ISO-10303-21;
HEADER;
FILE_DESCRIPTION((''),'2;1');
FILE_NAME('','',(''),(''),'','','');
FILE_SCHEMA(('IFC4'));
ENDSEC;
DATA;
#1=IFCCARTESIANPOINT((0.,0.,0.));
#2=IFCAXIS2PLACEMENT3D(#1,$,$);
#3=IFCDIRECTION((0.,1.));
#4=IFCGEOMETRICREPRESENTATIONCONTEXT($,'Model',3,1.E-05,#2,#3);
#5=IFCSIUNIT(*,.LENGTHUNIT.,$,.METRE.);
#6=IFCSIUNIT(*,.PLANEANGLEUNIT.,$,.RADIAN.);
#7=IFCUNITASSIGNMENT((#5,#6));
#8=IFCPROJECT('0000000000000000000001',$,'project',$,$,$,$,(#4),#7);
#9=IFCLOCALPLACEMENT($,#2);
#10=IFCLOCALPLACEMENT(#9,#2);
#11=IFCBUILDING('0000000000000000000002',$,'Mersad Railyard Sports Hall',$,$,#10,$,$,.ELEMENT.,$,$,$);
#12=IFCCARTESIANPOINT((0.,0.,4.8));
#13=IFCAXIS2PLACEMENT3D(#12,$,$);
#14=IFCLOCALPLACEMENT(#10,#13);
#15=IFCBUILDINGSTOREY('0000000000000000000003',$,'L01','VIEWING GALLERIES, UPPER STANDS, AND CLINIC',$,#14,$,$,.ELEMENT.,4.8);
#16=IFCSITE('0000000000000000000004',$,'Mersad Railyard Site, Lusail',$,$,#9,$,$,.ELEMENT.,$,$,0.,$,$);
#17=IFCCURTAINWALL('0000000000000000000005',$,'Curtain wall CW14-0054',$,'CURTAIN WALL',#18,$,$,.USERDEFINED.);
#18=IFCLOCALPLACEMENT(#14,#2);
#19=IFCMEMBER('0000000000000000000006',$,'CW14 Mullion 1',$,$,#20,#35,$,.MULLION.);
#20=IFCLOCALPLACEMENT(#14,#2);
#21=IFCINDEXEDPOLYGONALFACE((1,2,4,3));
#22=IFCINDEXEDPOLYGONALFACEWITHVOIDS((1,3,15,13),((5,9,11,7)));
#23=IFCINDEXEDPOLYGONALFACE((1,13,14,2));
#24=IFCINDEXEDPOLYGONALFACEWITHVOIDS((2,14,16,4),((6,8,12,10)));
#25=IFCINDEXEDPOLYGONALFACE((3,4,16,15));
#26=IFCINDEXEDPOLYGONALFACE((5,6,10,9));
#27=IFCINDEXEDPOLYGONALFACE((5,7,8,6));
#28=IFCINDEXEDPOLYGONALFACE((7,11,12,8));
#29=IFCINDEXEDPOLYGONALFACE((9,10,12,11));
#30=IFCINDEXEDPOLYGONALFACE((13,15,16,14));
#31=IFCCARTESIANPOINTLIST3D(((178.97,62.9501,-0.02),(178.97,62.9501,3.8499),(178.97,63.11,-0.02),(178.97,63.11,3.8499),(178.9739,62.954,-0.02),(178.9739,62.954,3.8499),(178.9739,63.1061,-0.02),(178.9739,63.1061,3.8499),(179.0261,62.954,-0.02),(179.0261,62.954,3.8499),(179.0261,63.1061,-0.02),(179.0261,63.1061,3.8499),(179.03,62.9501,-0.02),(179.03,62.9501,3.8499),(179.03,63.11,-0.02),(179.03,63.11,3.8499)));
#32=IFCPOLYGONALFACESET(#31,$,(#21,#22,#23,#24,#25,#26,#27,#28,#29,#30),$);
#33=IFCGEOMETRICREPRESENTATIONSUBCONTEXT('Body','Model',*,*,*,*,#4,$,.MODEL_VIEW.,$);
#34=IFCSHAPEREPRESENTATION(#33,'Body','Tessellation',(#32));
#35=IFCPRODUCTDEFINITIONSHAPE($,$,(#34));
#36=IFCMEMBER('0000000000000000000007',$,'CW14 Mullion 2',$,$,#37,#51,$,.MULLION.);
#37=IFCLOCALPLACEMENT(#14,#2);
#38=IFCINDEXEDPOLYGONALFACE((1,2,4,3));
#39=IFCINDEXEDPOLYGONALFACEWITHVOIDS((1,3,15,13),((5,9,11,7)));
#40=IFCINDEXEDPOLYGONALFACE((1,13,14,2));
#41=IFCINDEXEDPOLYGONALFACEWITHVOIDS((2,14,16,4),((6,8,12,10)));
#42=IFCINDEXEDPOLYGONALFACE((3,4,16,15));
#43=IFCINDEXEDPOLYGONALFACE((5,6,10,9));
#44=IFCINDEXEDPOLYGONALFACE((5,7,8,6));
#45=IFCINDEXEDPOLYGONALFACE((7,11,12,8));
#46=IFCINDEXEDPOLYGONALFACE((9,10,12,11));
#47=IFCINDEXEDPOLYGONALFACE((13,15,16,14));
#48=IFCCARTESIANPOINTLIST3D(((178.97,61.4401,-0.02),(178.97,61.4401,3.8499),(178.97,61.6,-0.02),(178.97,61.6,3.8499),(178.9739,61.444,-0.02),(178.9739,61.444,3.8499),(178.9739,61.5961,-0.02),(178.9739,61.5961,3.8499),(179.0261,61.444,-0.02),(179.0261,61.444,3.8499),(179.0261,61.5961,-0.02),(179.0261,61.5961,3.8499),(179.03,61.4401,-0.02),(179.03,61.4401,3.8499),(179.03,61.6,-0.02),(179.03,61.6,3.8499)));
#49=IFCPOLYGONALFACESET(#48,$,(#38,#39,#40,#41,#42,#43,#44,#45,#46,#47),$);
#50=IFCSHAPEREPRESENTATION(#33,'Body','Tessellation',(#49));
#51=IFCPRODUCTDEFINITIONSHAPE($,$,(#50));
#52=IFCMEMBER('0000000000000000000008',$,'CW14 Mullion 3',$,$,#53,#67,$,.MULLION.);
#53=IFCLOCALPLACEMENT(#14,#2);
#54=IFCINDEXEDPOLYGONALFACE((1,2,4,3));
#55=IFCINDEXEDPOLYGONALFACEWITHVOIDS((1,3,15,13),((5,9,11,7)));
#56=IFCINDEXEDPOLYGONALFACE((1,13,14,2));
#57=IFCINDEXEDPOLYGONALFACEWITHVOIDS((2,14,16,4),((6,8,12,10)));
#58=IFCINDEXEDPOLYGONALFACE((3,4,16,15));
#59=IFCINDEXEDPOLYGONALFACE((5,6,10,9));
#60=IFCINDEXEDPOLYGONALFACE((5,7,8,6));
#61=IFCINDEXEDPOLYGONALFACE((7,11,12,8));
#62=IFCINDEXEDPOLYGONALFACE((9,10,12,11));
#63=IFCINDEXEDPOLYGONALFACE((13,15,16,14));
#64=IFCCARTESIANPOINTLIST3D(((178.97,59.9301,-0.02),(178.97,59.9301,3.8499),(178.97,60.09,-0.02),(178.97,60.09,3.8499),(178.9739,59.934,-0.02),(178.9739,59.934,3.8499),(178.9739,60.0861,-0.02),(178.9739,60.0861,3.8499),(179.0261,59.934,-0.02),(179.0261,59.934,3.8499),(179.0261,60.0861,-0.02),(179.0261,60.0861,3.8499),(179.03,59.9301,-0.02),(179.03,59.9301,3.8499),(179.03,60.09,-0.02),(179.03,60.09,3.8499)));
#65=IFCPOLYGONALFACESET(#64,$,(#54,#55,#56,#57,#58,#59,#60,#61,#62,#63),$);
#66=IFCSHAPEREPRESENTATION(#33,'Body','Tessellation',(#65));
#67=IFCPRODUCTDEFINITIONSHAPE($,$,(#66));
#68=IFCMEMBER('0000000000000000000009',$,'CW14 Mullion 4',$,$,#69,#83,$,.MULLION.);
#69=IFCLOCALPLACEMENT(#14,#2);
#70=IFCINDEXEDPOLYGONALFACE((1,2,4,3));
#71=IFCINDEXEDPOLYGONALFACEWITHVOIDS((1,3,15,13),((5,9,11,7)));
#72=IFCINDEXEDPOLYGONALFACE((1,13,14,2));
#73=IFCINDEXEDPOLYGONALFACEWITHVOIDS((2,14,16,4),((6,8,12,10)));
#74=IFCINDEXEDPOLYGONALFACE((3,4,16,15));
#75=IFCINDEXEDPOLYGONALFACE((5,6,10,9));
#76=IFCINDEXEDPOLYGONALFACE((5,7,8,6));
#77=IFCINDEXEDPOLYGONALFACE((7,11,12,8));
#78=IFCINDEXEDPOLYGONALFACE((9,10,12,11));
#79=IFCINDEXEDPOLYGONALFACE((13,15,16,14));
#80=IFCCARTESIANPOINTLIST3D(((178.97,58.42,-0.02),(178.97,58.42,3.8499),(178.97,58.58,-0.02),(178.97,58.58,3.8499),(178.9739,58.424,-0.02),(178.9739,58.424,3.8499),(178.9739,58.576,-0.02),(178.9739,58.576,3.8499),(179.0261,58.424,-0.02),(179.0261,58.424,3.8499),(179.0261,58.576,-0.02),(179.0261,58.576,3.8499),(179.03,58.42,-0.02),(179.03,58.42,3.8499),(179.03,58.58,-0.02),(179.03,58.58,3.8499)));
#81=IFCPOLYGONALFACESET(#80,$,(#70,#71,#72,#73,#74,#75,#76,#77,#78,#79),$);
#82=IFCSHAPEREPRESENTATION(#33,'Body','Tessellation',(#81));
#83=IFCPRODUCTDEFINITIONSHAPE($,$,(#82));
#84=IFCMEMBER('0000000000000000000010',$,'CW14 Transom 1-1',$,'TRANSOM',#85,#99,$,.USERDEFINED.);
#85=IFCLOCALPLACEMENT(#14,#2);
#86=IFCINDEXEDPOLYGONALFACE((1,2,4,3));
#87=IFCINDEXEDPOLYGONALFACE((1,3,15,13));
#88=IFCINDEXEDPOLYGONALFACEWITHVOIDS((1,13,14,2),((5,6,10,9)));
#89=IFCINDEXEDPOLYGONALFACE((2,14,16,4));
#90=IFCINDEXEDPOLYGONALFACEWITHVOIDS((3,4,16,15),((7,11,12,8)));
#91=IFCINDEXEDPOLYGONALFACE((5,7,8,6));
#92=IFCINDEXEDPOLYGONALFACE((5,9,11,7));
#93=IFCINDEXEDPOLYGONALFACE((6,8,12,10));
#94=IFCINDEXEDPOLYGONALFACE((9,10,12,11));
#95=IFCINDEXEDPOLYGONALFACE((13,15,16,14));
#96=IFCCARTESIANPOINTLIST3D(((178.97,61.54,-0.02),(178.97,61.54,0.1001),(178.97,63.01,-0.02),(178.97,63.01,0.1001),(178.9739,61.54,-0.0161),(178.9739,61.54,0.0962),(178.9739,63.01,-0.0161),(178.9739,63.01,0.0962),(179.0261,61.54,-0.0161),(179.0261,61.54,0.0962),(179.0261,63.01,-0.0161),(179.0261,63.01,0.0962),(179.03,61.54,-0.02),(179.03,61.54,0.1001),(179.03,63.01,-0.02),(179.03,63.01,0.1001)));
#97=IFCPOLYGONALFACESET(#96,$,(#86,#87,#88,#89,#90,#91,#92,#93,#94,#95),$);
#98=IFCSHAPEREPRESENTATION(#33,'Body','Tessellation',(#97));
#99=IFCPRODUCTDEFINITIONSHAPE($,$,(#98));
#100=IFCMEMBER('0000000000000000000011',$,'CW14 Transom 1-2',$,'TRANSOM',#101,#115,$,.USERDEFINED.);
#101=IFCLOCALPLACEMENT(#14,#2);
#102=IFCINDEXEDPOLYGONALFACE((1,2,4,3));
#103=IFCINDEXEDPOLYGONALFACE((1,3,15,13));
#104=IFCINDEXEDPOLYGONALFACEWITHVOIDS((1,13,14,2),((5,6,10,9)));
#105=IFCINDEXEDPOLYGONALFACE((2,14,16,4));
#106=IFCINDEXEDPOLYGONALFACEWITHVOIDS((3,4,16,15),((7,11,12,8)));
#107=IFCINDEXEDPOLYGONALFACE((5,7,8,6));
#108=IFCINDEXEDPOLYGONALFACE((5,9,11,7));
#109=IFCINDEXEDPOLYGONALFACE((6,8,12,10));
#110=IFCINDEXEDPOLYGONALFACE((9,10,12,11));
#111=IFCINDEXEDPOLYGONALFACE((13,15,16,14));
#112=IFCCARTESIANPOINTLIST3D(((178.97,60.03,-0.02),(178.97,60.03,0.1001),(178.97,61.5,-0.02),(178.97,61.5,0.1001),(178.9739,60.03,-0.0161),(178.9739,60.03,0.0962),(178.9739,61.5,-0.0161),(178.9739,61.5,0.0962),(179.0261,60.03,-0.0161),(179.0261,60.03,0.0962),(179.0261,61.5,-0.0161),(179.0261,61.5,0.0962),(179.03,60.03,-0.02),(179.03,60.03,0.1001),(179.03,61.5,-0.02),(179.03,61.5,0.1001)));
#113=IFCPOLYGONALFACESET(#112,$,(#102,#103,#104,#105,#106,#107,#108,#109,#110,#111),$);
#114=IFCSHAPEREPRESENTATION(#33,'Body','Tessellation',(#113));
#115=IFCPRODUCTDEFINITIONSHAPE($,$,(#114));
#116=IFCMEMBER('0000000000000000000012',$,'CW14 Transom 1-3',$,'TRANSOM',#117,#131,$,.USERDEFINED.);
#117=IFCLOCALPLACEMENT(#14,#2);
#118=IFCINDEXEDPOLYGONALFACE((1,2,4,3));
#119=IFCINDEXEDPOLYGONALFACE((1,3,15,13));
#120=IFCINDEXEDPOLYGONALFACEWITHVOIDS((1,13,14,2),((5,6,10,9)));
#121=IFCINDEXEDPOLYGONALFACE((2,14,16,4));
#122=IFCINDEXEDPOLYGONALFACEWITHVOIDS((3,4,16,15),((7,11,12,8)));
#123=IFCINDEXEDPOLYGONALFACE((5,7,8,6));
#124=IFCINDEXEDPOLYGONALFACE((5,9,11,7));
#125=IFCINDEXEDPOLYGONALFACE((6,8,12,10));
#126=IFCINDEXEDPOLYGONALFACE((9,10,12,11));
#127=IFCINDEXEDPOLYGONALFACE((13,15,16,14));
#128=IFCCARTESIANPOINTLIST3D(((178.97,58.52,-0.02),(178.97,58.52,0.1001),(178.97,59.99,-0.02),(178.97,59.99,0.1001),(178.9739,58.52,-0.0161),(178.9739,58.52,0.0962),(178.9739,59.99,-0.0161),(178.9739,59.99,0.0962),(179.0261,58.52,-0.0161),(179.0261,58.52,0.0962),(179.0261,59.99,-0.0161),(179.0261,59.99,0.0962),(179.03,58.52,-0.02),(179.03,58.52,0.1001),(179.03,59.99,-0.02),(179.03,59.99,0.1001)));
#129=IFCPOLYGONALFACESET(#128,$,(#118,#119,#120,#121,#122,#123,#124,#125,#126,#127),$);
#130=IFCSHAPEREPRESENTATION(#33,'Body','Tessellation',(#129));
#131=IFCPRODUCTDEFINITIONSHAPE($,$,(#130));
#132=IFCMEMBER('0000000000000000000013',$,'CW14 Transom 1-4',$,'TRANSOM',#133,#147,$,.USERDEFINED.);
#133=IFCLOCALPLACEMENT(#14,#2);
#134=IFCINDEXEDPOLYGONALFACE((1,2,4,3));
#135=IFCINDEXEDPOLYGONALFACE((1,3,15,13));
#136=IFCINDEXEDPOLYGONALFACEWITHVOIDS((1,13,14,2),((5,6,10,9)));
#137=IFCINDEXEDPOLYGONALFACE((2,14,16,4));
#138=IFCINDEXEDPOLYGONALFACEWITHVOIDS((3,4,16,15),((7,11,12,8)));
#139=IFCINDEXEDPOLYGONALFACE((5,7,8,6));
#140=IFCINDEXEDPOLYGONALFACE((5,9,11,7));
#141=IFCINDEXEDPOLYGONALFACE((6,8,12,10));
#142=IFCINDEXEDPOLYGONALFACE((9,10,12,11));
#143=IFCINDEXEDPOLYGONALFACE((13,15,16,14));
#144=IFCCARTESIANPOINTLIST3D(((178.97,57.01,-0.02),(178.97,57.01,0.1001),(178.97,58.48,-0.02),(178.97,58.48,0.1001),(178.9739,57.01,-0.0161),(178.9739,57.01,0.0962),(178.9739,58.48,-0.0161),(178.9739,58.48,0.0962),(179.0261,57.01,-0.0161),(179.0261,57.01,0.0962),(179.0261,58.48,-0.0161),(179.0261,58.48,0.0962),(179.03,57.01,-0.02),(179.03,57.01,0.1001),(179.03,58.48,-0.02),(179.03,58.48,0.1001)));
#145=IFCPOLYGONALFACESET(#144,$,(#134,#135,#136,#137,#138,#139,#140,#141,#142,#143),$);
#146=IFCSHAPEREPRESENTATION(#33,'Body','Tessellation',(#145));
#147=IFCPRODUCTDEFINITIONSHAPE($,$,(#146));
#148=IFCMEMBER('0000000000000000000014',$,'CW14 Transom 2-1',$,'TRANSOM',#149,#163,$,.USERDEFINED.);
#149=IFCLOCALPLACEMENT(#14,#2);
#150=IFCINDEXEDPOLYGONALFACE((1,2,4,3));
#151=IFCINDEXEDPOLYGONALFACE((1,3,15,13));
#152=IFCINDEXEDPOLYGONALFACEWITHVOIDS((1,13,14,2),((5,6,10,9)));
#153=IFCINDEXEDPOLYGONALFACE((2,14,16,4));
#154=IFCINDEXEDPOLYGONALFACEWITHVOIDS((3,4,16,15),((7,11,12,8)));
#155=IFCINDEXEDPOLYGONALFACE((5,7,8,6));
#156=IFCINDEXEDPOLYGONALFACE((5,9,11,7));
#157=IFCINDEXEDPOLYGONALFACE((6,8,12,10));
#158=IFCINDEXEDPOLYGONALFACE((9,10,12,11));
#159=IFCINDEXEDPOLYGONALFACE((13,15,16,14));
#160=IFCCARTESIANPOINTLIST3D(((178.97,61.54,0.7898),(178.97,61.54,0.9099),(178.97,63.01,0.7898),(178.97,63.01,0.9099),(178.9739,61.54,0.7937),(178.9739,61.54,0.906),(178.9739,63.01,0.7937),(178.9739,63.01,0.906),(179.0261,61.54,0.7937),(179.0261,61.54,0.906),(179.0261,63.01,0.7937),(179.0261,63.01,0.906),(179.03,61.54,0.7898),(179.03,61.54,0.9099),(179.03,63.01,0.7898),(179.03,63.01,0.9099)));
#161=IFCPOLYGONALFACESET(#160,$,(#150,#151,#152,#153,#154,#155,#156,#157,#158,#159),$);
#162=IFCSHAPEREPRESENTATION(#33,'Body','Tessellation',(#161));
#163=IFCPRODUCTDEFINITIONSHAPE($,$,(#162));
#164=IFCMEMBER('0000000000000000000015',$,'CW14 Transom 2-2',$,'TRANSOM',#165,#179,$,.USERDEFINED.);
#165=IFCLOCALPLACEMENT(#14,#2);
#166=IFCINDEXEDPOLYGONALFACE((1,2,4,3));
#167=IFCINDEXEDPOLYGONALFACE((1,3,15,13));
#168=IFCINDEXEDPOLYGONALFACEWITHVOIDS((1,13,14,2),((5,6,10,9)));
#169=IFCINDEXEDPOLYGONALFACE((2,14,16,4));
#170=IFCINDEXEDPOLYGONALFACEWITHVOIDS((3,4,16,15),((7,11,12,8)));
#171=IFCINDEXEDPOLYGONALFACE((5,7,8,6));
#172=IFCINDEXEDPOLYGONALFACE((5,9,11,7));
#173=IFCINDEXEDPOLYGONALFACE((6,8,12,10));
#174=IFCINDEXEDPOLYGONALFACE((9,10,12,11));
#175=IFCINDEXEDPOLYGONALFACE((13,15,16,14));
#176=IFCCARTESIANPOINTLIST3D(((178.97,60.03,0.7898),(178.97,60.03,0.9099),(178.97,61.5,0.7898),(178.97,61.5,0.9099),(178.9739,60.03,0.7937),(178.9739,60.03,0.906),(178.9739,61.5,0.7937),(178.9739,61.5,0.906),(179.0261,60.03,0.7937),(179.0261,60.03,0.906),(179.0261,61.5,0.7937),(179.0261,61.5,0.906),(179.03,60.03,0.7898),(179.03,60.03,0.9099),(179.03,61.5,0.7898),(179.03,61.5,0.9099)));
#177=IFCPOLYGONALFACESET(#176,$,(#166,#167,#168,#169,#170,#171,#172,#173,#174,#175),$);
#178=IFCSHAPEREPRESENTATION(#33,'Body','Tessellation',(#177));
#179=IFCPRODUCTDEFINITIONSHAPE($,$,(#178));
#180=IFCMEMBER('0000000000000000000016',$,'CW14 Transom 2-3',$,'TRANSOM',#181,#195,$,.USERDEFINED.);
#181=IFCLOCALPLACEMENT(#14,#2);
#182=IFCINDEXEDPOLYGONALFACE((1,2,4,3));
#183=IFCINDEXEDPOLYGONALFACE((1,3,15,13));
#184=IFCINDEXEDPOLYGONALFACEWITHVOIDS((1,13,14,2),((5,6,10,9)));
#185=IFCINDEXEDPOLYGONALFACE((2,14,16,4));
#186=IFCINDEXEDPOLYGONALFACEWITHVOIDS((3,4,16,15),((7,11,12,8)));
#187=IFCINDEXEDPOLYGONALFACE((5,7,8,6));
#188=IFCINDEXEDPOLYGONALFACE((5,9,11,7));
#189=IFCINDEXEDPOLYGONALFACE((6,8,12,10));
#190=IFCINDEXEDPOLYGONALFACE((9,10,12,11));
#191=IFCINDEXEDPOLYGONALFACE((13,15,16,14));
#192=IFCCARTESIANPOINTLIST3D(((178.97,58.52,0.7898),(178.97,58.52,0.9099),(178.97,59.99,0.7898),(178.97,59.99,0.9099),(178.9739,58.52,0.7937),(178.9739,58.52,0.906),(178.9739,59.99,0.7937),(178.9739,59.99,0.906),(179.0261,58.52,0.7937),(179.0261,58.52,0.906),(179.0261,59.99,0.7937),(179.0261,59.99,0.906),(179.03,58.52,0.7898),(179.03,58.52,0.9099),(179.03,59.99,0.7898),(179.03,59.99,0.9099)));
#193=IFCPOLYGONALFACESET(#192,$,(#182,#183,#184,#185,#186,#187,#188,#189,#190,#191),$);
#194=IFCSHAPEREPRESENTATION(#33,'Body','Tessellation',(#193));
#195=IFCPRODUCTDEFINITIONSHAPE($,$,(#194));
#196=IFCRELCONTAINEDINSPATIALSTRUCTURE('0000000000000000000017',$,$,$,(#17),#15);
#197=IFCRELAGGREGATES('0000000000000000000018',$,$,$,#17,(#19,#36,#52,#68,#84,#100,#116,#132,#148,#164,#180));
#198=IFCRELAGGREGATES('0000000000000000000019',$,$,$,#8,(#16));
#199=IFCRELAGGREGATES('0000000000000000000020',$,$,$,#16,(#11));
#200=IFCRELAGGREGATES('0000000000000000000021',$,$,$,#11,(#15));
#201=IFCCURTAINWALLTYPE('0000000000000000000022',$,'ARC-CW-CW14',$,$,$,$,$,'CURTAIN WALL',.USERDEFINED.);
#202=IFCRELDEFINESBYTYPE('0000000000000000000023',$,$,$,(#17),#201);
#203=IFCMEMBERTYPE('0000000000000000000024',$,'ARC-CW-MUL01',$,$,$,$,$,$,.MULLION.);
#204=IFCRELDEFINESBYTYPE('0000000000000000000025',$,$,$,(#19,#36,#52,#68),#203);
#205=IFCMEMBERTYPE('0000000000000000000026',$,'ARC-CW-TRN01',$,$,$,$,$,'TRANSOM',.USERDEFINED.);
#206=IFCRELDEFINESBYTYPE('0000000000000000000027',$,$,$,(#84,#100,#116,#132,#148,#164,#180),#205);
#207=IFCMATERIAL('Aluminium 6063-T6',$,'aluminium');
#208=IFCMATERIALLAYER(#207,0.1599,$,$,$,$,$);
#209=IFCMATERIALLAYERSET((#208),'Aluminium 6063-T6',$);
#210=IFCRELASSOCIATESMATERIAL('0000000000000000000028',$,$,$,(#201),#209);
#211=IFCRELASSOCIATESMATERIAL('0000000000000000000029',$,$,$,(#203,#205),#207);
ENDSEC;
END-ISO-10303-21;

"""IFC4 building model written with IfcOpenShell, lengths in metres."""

from ifc_helpers import new_model, si_unit, direction, frame, origin, origin_2d, place, context, subcontext, project, spatial, hollow_rectangle, extrude, material, layer, layer_set, material_profile, profile_set, type_object, element, aggregate, save


model = new_model("IFC4")

# Units and contexts
model_context = context("Model", 3, precision=1e-05, world=origin(), true_north=direction((0.0, 1.0)))
body_context = subcontext(model_context, "Body", "Model", "MODEL_VIEW")
ifc_project = project(units=[si_unit("LENGTHUNIT", "METRE"), si_unit("PLANEANGLEUNIT", "RADIAN")], contexts=[model_context])

# Site, building, storey
site_placement = place(None, origin())
site = spatial("IfcSite", under=ifc_project, at=site_placement, Name="Mersad Railyard Site, Lusail", CompositionType="ELEMENT", RefElevation=0.0)
building_placement = place(site_placement, origin())
building = spatial("IfcBuilding", under=site, at=building_placement, Name="Mersad Railyard Sports Hall", CompositionType="ELEMENT")
storey_placement = place(building_placement, frame((0.0, 0.0, 4.8)))
storey = spatial("IfcBuildingStorey", under=building, at=storey_placement, Name="L01", Description="VIEWING GALLERIES, UPPER STANDS, AND CLINIC", CompositionType="ELEMENT", Elevation=4.8)

# Curtain wall, members
ifc_material_1 = material(Name="Aluminium 6063-T6", Category="aluminium")
ifc_layer_1 = layer(ifc_material_1, 0.1599)
ifc_layer_set_1 = layer_set([ifc_layer_1], Name="Aluminium 6063-T6")
curtain_wall_type = type_object("IfcCurtainWallType", Name="ARC-CW-CW14", ElementType="CURTAIN WALL", PredefinedType="USERDEFINED", material=ifc_layer_set_1)
curtain_wall_placement = place(storey_placement, origin())
curtain_wall = element("IfcCurtainWall", 1, at=curtain_wall_placement, inside=storey, type_object=curtain_wall_type, Name="Curtain wall CW14-0054", ObjectType="CURTAIN WALL", PredefinedType="USERDEFINED")
ifc_material_profile_1 = material_profile(ifc_material_1, hollow_rectangle(XDim=0.0601, YDim=0.1599, WallThickness=0.0039, at=origin_2d()), Name="AL MULLION 60x160x4")
ifc_profile_set_1 = profile_set([ifc_material_profile_1], Name="Aluminium 6063-T6")
member_type_1 = type_object("IfcMemberType", Name="ARC-CW-MUL01", PredefinedType="MULLION", material=ifc_profile_set_1)
member_1_placement = place(storey_placement, frame((179.0, 63.03, -0.02), z_axis=(0.0, 0.0, 1.0), x_axis=(1.0, 0.0, 0.0)))
member_1 = element("IfcMember", 2, at=member_1_placement, type_object=member_type_1, Name="CW14 Mullion 1", PredefinedType="MULLION", context=body_context, shape_type="SweptSolid", body=[
    extrude(hollow_rectangle(XDim=0.0601, YDim=0.1599, WallThickness=0.0039, at=origin_2d()), origin(), (0.0, 0.0, 1.0), 3.8699),
])
member_2_placement = place(storey_placement, frame((179.0, 61.52, -0.02), z_axis=(0.0, 0.0, 1.0), x_axis=(1.0, 0.0, 0.0)))
member_2 = element("IfcMember", 3, at=member_2_placement, type_object=member_type_1, Name="CW14 Mullion 2", PredefinedType="MULLION", context=body_context, shape_type="SweptSolid", body=[
    extrude(hollow_rectangle(XDim=0.0601, YDim=0.1599, WallThickness=0.0039, at=origin_2d()), origin(), (0.0, 0.0, 1.0), 3.8699),
])
member_3_placement = place(storey_placement, frame((179.0, 60.01, -0.02), z_axis=(0.0, 0.0, 1.0), x_axis=(1.0, 0.0, 0.0)))
member_3 = element("IfcMember", 4, at=member_3_placement, type_object=member_type_1, Name="CW14 Mullion 3", PredefinedType="MULLION", context=body_context, shape_type="SweptSolid", body=[
    extrude(hollow_rectangle(XDim=0.0601, YDim=0.1599, WallThickness=0.0039, at=origin_2d()), origin(), (0.0, 0.0, 1.0), 3.8699),
])
member_4_placement = place(storey_placement, frame((179.0, 58.5, -0.02), z_axis=(0.0, 0.0, 1.0), x_axis=(1.0, 0.0, 0.0)))
member_4 = element("IfcMember", 5, at=member_4_placement, type_object=member_type_1, Name="CW14 Mullion 4", PredefinedType="MULLION", context=body_context, shape_type="SweptSolid", body=[
    extrude(hollow_rectangle(XDim=0.0601, YDim=0.1599, WallThickness=0.0039, at=origin_2d()), origin(), (0.0, 0.0, 1.0), 3.8699),
])
ifc_material_profile_2 = material_profile(ifc_material_1, hollow_rectangle(XDim=0.0601, YDim=0.1201, WallThickness=0.0039, at=origin_2d()), Name="AL TRANSOM 60x120x4")
ifc_profile_set_2 = profile_set([ifc_material_profile_2], Name="Aluminium 6063-T6")
member_type_2 = type_object("IfcMemberType", Name="ARC-CW-TRN01", ElementType="TRANSOM", PredefinedType="USERDEFINED", material=ifc_profile_set_2)
member_5_placement = place(storey_placement, frame((179.0, 63.01, 0.04), z_axis=(0.0, -1.0, 0.0), x_axis=(1.0, 0.0, 0.0)))
member_5 = element("IfcMember", 6, at=member_5_placement, type_object=member_type_2, Name="CW14 Transom 1-1", ObjectType="TRANSOM", PredefinedType="USERDEFINED", context=body_context, shape_type="SweptSolid", body=[
    extrude(hollow_rectangle(XDim=0.0601, YDim=0.1201, WallThickness=0.0039, at=origin_2d()), origin(), (0.0, 0.0, 1.0), 1.47),
])
member_6_placement = place(storey_placement, frame((179.0, 61.5, 0.04), z_axis=(0.0, -1.0, 0.0), x_axis=(1.0, 0.0, 0.0)))
member_6 = element("IfcMember", 7, at=member_6_placement, type_object=member_type_2, Name="CW14 Transom 1-2", ObjectType="TRANSOM", PredefinedType="USERDEFINED", context=body_context, shape_type="SweptSolid", body=[
    extrude(hollow_rectangle(XDim=0.0601, YDim=0.1201, WallThickness=0.0039, at=origin_2d()), origin(), (0.0, 0.0, 1.0), 1.47),
])
member_7_placement = place(storey_placement, frame((179.0, 59.99, 0.04), z_axis=(0.0, -1.0, 0.0), x_axis=(1.0, 0.0, 0.0)))
member_7 = element("IfcMember", 8, at=member_7_placement, type_object=member_type_2, Name="CW14 Transom 1-3", ObjectType="TRANSOM", PredefinedType="USERDEFINED", context=body_context, shape_type="SweptSolid", body=[
    extrude(hollow_rectangle(XDim=0.0601, YDim=0.1201, WallThickness=0.0039, at=origin_2d()), origin(), (0.0, 0.0, 1.0), 1.47),
])
member_8_placement = place(storey_placement, frame((179.0, 58.48, 0.04), z_axis=(0.0, -1.0, 0.0), x_axis=(1.0, 0.0, 0.0)))
member_8 = element("IfcMember", 9, at=member_8_placement, type_object=member_type_2, Name="CW14 Transom 1-4", ObjectType="TRANSOM", PredefinedType="USERDEFINED", context=body_context, shape_type="SweptSolid", body=[
    extrude(hollow_rectangle(XDim=0.0601, YDim=0.1201, WallThickness=0.0039, at=origin_2d()), origin(), (0.0, 0.0, 1.0), 1.47),
])
member_9_placement = place(storey_placement, frame((179.0, 63.01, 0.8499), z_axis=(0.0, -1.0, 0.0), x_axis=(1.0, 0.0, 0.0)))
member_9 = element("IfcMember", 10, at=member_9_placement, type_object=member_type_2, Name="CW14 Transom 2-1", ObjectType="TRANSOM", PredefinedType="USERDEFINED", context=body_context, shape_type="SweptSolid", body=[
    extrude(hollow_rectangle(XDim=0.0601, YDim=0.1201, WallThickness=0.0039, at=origin_2d()), origin(), (0.0, 0.0, 1.0), 1.47),
])
member_10_placement = place(storey_placement, frame((179.0, 61.5, 0.8499), z_axis=(0.0, -1.0, 0.0), x_axis=(1.0, 0.0, 0.0)))
member_10 = element("IfcMember", 11, at=member_10_placement, type_object=member_type_2, Name="CW14 Transom 2-2", ObjectType="TRANSOM", PredefinedType="USERDEFINED", context=body_context, shape_type="SweptSolid", body=[
    extrude(hollow_rectangle(XDim=0.0601, YDim=0.1201, WallThickness=0.0039, at=origin_2d()), origin(), (0.0, 0.0, 1.0), 1.47),
])
member_11_placement = place(storey_placement, frame((179.0, 59.99, 0.8499), z_axis=(0.0, -1.0, 0.0), x_axis=(1.0, 0.0, 0.0)))
member_11 = element("IfcMember", 12, at=member_11_placement, type_object=member_type_2, Name="CW14 Transom 2-3", ObjectType="TRANSOM", PredefinedType="USERDEFINED", context=body_context, shape_type="SweptSolid", body=[
    extrude(hollow_rectangle(XDim=0.0601, YDim=0.1201, WallThickness=0.0039, at=origin_2d()), origin(), (0.0, 0.0, 1.0), 1.47),
])
aggregate(curtain_wall, [member_1, member_2, member_3, member_4, member_5, member_6, member_7, member_8, member_9, member_10, member_11])

save(model, "model.ifc")
